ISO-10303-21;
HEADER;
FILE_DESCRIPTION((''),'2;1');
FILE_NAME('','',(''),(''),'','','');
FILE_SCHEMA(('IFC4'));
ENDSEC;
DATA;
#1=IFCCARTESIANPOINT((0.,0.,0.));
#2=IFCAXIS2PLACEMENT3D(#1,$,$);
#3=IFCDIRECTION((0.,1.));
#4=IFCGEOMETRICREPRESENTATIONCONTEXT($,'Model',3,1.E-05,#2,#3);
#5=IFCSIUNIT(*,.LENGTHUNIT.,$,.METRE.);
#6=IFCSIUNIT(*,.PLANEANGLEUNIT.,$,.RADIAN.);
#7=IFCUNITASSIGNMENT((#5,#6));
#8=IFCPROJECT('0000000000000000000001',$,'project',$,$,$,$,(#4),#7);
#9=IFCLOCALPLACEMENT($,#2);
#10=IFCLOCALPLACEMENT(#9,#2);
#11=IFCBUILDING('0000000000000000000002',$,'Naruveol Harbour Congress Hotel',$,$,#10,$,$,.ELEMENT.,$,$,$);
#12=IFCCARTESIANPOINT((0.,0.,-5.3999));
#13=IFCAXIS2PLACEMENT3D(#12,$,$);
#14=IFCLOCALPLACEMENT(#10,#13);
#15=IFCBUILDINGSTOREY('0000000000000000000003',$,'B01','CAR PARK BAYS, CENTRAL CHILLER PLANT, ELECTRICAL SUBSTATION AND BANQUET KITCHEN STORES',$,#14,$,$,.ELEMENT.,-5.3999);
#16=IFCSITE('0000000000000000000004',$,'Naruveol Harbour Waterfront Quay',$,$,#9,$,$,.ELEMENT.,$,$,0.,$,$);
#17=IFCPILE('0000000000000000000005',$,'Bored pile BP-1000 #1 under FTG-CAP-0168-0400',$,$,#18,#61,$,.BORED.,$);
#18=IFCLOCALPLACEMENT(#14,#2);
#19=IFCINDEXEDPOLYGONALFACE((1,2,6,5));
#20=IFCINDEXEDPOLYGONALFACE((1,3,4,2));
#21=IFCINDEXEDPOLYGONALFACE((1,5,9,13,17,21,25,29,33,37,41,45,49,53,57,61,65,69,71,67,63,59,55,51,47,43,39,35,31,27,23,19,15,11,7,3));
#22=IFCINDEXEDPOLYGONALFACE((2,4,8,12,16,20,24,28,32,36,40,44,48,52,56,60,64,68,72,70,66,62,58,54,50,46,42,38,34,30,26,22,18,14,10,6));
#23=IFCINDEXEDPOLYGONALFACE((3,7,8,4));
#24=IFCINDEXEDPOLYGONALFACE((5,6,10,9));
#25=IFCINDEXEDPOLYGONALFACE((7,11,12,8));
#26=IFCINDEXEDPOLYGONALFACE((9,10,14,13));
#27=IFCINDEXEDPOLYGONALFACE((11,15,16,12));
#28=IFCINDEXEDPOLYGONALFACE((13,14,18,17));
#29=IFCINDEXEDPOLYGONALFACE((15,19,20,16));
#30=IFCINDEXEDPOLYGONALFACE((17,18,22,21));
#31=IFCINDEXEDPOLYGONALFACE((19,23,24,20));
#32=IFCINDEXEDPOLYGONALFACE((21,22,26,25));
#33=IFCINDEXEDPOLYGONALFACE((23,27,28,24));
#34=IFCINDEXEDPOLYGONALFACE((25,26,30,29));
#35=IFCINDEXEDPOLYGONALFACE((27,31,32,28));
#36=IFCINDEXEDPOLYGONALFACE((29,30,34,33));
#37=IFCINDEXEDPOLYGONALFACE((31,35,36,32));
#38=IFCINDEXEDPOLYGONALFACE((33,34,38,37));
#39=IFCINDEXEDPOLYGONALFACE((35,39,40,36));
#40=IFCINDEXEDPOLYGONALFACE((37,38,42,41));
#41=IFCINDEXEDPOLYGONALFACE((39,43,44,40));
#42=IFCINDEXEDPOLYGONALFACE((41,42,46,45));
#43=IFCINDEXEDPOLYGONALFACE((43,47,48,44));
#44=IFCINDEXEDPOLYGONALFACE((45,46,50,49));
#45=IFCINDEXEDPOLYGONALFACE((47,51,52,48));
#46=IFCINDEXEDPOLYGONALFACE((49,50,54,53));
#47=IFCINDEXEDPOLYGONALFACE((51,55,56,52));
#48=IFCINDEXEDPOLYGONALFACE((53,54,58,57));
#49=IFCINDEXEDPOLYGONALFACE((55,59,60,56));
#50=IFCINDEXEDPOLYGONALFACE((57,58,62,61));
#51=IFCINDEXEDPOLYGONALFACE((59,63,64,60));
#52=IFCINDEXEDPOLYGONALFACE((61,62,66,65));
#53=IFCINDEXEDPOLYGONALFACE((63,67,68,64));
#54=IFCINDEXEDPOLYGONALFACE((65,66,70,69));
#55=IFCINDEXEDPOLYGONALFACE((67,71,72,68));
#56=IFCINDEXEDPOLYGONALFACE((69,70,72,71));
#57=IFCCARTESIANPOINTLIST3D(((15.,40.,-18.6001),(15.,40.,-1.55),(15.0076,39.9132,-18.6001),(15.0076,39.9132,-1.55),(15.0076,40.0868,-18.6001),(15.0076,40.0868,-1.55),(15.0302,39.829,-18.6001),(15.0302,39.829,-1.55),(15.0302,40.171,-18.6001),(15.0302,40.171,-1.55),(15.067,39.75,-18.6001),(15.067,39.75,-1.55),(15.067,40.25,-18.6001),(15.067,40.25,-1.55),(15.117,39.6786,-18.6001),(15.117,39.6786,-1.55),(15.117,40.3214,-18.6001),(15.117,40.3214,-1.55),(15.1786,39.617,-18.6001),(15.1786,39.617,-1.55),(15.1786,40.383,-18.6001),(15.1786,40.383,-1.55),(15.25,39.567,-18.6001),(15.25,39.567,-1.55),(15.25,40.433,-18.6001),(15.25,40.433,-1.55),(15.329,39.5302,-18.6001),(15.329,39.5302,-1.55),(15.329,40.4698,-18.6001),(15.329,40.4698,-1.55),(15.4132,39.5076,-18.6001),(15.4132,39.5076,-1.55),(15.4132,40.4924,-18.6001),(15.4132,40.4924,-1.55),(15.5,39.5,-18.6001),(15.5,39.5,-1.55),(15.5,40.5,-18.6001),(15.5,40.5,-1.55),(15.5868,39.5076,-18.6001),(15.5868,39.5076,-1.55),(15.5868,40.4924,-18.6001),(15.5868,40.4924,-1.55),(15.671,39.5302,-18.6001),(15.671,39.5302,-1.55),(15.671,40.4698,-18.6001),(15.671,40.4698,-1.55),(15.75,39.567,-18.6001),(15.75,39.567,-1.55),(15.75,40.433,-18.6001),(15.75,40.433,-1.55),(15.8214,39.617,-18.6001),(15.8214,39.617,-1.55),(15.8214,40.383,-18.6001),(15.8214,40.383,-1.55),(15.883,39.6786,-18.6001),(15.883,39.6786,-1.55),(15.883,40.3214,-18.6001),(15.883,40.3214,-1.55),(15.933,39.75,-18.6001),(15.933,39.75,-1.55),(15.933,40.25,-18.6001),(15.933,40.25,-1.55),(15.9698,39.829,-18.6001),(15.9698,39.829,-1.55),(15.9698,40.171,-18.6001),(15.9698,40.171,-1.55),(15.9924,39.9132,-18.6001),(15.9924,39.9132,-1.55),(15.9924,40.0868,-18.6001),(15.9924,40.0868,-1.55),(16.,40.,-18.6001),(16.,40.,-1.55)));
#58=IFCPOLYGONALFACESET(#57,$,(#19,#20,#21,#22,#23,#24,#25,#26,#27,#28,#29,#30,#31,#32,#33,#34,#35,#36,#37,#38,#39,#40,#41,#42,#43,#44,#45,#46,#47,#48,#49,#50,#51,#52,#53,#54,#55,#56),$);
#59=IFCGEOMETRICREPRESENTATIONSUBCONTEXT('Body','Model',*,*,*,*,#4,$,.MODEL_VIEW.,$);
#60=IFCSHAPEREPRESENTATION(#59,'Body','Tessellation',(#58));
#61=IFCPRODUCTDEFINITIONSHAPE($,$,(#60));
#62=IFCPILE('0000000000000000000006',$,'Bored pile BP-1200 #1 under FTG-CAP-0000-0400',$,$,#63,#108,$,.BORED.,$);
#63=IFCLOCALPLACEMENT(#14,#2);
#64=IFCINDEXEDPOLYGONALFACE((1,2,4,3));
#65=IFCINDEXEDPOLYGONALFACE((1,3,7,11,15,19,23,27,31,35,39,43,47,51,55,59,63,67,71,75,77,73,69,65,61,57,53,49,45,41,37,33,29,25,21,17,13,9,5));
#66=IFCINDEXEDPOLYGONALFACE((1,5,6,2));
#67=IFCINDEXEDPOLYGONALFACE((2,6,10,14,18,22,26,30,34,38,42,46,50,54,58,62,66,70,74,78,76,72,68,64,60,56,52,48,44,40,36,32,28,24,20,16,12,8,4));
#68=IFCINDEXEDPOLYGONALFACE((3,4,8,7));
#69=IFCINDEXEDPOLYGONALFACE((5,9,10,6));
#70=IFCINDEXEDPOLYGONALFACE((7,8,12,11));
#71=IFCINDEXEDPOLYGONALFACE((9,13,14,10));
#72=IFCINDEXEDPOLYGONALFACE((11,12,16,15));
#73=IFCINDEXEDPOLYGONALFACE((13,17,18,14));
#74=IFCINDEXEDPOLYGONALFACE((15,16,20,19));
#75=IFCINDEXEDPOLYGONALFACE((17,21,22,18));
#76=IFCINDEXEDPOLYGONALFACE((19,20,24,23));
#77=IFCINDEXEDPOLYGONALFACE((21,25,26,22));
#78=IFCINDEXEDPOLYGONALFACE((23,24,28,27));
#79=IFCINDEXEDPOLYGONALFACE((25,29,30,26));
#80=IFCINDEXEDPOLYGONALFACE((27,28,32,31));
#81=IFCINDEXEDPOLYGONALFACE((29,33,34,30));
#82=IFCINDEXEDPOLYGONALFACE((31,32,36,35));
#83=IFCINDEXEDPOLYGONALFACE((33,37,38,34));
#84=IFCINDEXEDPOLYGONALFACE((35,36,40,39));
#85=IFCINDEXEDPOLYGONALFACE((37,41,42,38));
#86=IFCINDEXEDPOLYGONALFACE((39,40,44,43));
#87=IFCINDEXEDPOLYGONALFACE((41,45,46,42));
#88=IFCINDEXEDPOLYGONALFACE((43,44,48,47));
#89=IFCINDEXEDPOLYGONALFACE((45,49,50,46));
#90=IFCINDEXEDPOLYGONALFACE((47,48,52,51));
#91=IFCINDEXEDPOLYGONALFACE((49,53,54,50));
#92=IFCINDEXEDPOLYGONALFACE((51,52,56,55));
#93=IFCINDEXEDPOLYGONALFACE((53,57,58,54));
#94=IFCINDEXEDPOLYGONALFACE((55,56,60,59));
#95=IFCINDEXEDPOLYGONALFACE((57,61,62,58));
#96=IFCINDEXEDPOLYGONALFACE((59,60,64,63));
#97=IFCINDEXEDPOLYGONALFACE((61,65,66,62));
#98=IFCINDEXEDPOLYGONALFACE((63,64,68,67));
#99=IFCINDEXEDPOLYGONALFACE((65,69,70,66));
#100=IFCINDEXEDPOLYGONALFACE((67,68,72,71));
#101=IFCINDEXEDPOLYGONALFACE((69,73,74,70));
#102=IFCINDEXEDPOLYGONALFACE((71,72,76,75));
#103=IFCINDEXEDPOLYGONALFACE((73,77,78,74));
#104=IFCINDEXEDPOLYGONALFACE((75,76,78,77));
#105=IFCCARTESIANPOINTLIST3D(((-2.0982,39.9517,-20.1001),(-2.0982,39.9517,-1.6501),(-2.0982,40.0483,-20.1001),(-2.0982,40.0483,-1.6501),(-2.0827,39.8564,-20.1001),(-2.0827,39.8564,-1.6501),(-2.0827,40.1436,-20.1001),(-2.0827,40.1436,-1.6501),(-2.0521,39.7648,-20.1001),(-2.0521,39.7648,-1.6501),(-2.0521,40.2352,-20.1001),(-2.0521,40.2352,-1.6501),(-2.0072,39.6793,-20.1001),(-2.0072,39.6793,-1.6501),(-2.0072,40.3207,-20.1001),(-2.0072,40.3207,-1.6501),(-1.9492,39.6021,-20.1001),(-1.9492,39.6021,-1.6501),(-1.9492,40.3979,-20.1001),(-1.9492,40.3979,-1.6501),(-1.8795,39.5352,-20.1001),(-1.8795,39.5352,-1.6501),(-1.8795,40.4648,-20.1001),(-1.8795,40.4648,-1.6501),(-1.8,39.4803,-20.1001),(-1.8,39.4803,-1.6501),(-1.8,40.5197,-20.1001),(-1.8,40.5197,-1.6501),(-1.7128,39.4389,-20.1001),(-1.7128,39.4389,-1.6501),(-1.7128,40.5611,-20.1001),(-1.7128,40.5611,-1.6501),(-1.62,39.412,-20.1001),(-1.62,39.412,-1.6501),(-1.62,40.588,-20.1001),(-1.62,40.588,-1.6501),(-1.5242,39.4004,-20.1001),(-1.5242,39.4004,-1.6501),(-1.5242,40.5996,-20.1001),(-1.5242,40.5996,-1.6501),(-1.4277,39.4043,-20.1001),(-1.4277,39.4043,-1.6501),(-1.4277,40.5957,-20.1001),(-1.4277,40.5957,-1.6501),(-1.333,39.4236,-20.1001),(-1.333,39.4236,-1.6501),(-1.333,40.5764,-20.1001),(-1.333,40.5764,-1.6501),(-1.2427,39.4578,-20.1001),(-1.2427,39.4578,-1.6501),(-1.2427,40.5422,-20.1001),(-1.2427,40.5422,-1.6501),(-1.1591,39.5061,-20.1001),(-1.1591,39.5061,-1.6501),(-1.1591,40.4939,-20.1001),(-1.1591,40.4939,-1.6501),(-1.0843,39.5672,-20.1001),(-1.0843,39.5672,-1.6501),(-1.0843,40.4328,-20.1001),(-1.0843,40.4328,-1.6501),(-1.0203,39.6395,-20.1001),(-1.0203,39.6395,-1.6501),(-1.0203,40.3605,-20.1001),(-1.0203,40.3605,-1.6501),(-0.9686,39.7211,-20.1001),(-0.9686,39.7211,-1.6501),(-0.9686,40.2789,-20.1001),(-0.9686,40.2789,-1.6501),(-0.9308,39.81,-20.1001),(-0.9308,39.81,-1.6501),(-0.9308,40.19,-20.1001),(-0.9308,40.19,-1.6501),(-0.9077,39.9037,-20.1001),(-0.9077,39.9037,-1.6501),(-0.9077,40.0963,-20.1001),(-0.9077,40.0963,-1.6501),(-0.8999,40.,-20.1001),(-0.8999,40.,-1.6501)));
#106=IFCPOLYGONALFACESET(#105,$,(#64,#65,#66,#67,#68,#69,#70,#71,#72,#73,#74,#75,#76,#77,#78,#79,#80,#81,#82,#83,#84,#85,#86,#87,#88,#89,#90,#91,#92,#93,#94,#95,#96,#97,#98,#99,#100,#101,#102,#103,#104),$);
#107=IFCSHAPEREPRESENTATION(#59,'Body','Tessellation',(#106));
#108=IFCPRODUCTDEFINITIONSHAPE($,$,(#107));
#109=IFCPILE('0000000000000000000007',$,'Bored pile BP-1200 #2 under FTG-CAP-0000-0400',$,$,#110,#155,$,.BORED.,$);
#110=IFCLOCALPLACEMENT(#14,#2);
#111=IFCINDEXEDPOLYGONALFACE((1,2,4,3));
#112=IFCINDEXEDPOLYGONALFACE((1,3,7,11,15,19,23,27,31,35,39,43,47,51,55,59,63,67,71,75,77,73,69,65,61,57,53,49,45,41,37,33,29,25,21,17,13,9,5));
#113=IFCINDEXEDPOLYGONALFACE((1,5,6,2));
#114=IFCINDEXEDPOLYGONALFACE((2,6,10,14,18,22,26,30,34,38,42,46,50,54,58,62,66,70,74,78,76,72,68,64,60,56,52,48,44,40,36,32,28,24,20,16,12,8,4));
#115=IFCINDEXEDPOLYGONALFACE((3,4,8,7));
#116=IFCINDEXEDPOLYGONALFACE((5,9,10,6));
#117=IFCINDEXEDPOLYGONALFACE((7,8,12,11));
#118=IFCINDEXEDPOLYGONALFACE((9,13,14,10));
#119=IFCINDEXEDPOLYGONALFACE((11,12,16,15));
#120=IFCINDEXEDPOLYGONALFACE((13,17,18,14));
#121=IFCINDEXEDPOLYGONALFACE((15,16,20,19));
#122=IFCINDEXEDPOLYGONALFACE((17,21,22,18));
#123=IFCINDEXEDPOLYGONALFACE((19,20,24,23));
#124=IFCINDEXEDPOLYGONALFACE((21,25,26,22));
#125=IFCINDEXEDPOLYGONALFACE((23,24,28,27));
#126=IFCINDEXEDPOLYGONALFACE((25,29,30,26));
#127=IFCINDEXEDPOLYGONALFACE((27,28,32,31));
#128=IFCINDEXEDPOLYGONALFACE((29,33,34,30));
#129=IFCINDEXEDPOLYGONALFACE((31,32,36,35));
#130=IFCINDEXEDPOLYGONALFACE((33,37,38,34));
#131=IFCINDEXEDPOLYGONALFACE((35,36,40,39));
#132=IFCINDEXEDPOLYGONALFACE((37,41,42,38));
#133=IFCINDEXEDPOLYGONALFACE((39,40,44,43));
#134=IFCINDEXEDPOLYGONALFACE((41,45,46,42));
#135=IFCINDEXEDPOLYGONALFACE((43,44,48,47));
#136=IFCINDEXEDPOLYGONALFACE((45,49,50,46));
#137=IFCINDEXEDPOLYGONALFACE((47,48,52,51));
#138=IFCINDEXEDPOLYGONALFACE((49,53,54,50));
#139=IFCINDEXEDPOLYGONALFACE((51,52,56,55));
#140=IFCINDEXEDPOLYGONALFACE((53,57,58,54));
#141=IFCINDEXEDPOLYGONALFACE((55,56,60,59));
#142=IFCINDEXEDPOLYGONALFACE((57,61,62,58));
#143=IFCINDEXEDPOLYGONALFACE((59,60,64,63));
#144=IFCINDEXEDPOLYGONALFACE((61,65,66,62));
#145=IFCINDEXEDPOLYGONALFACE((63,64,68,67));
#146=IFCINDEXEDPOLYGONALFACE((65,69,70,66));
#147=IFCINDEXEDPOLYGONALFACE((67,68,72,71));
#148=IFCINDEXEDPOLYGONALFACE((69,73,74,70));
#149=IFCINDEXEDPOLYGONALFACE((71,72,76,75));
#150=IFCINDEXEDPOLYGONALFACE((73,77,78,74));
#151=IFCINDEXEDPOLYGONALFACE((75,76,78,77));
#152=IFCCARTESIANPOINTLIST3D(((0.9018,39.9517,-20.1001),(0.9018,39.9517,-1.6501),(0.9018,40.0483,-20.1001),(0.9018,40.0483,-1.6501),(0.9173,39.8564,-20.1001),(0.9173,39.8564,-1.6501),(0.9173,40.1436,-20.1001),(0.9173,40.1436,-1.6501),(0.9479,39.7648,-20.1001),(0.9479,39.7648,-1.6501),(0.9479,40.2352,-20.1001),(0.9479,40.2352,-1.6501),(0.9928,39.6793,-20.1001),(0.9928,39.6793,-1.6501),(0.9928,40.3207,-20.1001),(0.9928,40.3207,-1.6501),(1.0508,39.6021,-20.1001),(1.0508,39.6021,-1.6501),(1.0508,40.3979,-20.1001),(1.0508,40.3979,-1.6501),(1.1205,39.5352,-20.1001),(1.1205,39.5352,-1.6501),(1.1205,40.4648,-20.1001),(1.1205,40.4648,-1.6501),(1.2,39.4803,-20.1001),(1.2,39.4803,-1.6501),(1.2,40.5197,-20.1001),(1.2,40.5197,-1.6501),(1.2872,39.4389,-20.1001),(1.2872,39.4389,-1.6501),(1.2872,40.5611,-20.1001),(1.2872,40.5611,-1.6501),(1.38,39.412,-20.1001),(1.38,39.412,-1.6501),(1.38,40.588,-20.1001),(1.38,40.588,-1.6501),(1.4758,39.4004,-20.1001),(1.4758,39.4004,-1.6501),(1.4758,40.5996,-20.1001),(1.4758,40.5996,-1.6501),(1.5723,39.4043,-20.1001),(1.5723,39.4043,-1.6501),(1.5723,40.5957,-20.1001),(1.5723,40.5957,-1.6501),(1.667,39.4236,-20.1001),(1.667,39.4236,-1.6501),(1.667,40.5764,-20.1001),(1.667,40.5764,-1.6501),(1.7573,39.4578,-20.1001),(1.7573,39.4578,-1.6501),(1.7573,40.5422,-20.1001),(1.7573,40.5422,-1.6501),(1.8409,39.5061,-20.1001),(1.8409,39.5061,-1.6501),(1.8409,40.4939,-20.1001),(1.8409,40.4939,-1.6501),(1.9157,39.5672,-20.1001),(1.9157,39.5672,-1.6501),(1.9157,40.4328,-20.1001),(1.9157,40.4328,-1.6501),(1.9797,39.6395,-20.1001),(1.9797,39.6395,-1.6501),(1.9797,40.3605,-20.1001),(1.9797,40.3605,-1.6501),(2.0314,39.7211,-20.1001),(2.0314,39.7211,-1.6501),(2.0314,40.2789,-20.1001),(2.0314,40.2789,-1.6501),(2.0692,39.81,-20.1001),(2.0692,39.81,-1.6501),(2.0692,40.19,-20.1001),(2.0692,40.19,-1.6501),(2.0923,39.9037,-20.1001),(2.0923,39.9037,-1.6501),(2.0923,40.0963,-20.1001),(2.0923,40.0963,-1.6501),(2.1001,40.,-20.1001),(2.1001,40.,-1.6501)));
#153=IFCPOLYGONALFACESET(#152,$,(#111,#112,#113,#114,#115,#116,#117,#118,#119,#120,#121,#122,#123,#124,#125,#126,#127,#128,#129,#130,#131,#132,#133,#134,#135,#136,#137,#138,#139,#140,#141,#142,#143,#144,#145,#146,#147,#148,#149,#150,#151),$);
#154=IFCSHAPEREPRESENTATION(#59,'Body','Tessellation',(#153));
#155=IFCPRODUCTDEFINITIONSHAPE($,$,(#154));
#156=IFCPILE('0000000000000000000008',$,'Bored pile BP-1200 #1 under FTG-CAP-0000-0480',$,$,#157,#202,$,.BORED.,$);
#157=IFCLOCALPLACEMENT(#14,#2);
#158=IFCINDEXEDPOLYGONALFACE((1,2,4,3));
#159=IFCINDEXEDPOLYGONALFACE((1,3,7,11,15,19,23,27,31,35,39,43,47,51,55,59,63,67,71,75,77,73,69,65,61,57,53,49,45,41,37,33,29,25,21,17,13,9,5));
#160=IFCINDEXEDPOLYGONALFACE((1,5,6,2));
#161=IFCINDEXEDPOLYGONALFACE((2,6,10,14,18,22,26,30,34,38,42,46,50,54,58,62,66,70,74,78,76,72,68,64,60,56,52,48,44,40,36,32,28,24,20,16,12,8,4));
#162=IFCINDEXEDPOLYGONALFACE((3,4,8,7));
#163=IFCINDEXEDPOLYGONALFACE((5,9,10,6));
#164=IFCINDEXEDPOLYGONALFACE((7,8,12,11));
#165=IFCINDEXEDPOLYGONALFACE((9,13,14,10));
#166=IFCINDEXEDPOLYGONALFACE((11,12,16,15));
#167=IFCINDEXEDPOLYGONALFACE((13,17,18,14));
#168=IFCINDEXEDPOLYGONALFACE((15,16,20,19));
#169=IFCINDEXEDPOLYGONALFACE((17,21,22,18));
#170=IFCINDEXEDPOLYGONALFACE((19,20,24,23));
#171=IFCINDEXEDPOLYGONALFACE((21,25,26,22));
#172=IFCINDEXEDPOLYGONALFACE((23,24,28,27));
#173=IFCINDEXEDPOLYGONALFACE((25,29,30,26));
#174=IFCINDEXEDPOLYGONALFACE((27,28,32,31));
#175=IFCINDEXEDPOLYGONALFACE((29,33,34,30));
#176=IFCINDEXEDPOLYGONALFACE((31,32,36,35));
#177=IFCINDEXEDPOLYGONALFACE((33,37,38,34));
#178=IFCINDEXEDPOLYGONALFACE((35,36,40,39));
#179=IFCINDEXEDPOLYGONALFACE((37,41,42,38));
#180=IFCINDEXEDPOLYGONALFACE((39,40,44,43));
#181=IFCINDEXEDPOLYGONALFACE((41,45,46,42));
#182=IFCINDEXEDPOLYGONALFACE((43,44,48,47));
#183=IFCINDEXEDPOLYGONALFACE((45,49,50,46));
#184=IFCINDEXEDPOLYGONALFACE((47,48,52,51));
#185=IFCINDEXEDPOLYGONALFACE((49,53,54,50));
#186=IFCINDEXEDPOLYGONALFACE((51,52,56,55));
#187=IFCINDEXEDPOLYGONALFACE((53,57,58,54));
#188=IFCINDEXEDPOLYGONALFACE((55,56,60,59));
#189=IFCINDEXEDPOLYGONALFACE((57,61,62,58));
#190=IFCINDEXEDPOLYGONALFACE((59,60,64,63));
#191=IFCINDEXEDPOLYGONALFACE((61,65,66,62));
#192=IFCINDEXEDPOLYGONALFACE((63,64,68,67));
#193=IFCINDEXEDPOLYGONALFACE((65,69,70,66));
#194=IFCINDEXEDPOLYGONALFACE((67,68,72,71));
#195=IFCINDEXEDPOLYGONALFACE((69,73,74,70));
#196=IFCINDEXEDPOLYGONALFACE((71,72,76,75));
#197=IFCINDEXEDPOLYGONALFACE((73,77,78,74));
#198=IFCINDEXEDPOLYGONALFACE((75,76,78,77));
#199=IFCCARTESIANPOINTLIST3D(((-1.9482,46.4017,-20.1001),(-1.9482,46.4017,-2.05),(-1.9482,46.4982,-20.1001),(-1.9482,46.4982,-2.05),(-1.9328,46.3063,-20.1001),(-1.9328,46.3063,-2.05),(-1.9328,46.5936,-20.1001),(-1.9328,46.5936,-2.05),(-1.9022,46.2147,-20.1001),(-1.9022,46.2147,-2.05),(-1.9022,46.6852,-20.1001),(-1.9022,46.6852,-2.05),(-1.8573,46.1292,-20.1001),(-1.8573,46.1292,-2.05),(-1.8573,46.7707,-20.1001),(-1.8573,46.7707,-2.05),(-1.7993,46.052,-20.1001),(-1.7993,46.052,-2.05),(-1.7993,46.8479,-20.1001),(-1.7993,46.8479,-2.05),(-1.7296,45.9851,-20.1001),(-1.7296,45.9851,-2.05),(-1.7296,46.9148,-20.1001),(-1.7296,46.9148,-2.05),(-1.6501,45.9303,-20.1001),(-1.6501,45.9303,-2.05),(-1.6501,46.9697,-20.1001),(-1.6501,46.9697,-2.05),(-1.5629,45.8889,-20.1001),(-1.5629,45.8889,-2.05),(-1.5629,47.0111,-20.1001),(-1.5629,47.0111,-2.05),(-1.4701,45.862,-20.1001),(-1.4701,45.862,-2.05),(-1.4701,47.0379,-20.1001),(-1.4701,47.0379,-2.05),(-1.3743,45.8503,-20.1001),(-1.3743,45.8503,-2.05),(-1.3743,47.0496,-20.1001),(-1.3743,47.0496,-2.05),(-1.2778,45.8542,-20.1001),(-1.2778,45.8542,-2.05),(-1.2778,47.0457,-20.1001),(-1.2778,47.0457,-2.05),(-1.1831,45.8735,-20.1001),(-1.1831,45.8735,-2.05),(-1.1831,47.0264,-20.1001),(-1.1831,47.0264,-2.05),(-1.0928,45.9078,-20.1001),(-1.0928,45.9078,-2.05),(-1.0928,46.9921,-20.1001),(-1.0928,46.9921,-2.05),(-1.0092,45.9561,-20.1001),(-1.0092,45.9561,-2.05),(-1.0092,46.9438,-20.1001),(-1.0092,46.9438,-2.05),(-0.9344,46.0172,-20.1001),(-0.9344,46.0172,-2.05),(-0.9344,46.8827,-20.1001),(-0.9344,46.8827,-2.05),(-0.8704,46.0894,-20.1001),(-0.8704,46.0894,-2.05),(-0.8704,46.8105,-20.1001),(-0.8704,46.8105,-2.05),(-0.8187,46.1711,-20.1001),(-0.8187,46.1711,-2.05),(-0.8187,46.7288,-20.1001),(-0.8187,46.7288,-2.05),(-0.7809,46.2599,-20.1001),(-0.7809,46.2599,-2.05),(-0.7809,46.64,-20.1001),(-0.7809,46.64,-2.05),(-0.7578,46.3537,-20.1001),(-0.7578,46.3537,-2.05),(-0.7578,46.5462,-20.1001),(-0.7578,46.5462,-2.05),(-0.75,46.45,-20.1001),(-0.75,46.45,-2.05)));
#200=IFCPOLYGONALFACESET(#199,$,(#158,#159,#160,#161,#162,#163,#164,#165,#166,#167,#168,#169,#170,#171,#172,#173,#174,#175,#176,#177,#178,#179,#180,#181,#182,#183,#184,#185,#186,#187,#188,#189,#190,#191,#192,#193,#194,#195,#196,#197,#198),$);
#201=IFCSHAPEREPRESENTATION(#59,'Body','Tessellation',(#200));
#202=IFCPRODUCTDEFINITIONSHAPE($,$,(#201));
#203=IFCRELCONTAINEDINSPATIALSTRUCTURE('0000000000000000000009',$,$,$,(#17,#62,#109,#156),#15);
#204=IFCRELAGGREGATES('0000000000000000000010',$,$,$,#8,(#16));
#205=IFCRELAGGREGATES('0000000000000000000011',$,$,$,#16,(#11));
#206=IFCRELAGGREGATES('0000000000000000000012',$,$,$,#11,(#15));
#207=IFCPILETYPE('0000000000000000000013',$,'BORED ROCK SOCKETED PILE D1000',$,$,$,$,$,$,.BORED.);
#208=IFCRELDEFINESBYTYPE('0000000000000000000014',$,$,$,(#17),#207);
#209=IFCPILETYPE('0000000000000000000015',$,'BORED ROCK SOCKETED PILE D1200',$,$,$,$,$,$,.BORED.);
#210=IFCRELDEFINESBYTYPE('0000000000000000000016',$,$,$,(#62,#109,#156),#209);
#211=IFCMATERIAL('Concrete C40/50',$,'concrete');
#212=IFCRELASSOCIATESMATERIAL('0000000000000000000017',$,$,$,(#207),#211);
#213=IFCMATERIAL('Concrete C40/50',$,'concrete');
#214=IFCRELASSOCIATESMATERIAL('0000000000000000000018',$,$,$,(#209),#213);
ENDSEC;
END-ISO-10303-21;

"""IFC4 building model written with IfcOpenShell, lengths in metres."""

from ifc_helpers import new_model, si_unit, direction, frame, origin, origin_2d, place, context, subcontext, project, spatial, circle, extrude, material, material_profile, profile_set, type_object, element, save


model = new_model("IFC4")

# Units and contexts
model_context = context("Model", 3, precision=1e-05, world=origin(), true_north=direction((0.0, 1.0)))
body_context = subcontext(model_context, "Body", "Model", "MODEL_VIEW")
ifc_project = project(units=[si_unit("LENGTHUNIT", "METRE"), si_unit("PLANEANGLEUNIT", "RADIAN")], contexts=[model_context])

# Site, building, storey
site_placement = place(None, origin())
site = spatial("IfcSite", under=ifc_project, at=site_placement, Name="Naruveol Harbour Waterfront Quay", CompositionType="ELEMENT", RefElevation=0.0)
building_placement = place(site_placement, origin())
building = spatial("IfcBuilding", under=site, at=building_placement, Name="Naruveol Harbour Congress Hotel", CompositionType="ELEMENT")
storey_placement = place(building_placement, frame((0.0, 0.0, -5.3999)))
storey = spatial("IfcBuildingStorey", under=building, at=storey_placement, Name="B01", Description="CAR PARK BAYS, CENTRAL CHILLER PLANT, ELECTRICAL SUBSTATION AND BANQUET KITCHEN STORES", CompositionType="ELEMENT", Elevation=-5.3999)

# Piles
ifc_material_1 = material(Name="Concrete C40/50", Category="concrete")
ifc_material_profile_1 = material_profile(ifc_material_1, circle(Radius=0.5, at=origin_2d()), Name="BP-1000")
ifc_profile_set_1 = profile_set([ifc_material_profile_1], Name="Concrete C40/50")
pile_type_1 = type_object("IfcPileType", Name="BORED ROCK SOCKETED PILE D1000", PredefinedType="BORED", material=ifc_profile_set_1)
for number, where, z_axis, x_axis, name in (
    (1, (15.5, 40.0, -1.55), (0.0, 0.0, -1.0), (1.0, 0.0, 0.0), "Bored pile BP-1000 #1 under FTG-CAP-0168-0400"),
):
    element("IfcPile", number, at=place(storey_placement, frame(where, z_axis=z_axis, x_axis=x_axis)), inside=storey, type_object=pile_type_1, Name=name, PredefinedType="BORED", context=body_context, shape_type="SweptSolid", body=[
        extrude(circle(Radius=0.5, at=origin_2d()), origin(), (0.0, 0.0, 1.0), 17.05),
    ])
ifc_material_2 = material(Name="Concrete C40/50", Category="concrete")
ifc_material_profile_2 = material_profile(ifc_material_2, circle(Radius=0.6001, at=origin_2d()), Name="BP-1200")
ifc_profile_set_2 = profile_set([ifc_material_profile_2], Name="Concrete C40/50")
pile_type_2 = type_object("IfcPileType", Name="BORED ROCK SOCKETED PILE D1200", PredefinedType="BORED", material=ifc_profile_set_2)
for number, where, z_axis, x_axis, name in (
    (2, (-1.5, 40.0, -1.6501), (0.0, 0.0, -1.0), (1.0, 0.0, 0.0), "Bored pile BP-1200 #1 under FTG-CAP-0000-0400"),
    (3, (1.5, 40.0, -1.6501), (0.0, 0.0, -1.0), (1.0, 0.0, 0.0), "Bored pile BP-1200 #2 under FTG-CAP-0000-0400"),
):
    element("IfcPile", number, at=place(storey_placement, frame(where, z_axis=z_axis, x_axis=x_axis)), inside=storey, type_object=pile_type_2, Name=name, PredefinedType="BORED", context=body_context, shape_type="SweptSolid", body=[
        extrude(circle(Radius=0.6001, at=origin_2d()), origin(), (0.0, 0.0, 1.0), 18.45),
    ])
for number, where, z_axis, x_axis, name in (
    (4, (-1.3501, 46.45, -2.05), (0.0, 0.0, -1.0), (1.0, 0.0, 0.0), "Bored pile BP-1200 #1 under FTG-CAP-0000-0480"),
):
    element("IfcPile", number, at=place(storey_placement, frame(where, z_axis=z_axis, x_axis=x_axis)), inside=storey, type_object=pile_type_2, Name=name, PredefinedType="BORED", context=body_context, shape_type="SweptSolid", body=[
        extrude(circle(Radius=0.6001, at=origin_2d()), origin(), (0.0, 0.0, 1.0), 18.05),
    ])

save(model, "model.ifc")
